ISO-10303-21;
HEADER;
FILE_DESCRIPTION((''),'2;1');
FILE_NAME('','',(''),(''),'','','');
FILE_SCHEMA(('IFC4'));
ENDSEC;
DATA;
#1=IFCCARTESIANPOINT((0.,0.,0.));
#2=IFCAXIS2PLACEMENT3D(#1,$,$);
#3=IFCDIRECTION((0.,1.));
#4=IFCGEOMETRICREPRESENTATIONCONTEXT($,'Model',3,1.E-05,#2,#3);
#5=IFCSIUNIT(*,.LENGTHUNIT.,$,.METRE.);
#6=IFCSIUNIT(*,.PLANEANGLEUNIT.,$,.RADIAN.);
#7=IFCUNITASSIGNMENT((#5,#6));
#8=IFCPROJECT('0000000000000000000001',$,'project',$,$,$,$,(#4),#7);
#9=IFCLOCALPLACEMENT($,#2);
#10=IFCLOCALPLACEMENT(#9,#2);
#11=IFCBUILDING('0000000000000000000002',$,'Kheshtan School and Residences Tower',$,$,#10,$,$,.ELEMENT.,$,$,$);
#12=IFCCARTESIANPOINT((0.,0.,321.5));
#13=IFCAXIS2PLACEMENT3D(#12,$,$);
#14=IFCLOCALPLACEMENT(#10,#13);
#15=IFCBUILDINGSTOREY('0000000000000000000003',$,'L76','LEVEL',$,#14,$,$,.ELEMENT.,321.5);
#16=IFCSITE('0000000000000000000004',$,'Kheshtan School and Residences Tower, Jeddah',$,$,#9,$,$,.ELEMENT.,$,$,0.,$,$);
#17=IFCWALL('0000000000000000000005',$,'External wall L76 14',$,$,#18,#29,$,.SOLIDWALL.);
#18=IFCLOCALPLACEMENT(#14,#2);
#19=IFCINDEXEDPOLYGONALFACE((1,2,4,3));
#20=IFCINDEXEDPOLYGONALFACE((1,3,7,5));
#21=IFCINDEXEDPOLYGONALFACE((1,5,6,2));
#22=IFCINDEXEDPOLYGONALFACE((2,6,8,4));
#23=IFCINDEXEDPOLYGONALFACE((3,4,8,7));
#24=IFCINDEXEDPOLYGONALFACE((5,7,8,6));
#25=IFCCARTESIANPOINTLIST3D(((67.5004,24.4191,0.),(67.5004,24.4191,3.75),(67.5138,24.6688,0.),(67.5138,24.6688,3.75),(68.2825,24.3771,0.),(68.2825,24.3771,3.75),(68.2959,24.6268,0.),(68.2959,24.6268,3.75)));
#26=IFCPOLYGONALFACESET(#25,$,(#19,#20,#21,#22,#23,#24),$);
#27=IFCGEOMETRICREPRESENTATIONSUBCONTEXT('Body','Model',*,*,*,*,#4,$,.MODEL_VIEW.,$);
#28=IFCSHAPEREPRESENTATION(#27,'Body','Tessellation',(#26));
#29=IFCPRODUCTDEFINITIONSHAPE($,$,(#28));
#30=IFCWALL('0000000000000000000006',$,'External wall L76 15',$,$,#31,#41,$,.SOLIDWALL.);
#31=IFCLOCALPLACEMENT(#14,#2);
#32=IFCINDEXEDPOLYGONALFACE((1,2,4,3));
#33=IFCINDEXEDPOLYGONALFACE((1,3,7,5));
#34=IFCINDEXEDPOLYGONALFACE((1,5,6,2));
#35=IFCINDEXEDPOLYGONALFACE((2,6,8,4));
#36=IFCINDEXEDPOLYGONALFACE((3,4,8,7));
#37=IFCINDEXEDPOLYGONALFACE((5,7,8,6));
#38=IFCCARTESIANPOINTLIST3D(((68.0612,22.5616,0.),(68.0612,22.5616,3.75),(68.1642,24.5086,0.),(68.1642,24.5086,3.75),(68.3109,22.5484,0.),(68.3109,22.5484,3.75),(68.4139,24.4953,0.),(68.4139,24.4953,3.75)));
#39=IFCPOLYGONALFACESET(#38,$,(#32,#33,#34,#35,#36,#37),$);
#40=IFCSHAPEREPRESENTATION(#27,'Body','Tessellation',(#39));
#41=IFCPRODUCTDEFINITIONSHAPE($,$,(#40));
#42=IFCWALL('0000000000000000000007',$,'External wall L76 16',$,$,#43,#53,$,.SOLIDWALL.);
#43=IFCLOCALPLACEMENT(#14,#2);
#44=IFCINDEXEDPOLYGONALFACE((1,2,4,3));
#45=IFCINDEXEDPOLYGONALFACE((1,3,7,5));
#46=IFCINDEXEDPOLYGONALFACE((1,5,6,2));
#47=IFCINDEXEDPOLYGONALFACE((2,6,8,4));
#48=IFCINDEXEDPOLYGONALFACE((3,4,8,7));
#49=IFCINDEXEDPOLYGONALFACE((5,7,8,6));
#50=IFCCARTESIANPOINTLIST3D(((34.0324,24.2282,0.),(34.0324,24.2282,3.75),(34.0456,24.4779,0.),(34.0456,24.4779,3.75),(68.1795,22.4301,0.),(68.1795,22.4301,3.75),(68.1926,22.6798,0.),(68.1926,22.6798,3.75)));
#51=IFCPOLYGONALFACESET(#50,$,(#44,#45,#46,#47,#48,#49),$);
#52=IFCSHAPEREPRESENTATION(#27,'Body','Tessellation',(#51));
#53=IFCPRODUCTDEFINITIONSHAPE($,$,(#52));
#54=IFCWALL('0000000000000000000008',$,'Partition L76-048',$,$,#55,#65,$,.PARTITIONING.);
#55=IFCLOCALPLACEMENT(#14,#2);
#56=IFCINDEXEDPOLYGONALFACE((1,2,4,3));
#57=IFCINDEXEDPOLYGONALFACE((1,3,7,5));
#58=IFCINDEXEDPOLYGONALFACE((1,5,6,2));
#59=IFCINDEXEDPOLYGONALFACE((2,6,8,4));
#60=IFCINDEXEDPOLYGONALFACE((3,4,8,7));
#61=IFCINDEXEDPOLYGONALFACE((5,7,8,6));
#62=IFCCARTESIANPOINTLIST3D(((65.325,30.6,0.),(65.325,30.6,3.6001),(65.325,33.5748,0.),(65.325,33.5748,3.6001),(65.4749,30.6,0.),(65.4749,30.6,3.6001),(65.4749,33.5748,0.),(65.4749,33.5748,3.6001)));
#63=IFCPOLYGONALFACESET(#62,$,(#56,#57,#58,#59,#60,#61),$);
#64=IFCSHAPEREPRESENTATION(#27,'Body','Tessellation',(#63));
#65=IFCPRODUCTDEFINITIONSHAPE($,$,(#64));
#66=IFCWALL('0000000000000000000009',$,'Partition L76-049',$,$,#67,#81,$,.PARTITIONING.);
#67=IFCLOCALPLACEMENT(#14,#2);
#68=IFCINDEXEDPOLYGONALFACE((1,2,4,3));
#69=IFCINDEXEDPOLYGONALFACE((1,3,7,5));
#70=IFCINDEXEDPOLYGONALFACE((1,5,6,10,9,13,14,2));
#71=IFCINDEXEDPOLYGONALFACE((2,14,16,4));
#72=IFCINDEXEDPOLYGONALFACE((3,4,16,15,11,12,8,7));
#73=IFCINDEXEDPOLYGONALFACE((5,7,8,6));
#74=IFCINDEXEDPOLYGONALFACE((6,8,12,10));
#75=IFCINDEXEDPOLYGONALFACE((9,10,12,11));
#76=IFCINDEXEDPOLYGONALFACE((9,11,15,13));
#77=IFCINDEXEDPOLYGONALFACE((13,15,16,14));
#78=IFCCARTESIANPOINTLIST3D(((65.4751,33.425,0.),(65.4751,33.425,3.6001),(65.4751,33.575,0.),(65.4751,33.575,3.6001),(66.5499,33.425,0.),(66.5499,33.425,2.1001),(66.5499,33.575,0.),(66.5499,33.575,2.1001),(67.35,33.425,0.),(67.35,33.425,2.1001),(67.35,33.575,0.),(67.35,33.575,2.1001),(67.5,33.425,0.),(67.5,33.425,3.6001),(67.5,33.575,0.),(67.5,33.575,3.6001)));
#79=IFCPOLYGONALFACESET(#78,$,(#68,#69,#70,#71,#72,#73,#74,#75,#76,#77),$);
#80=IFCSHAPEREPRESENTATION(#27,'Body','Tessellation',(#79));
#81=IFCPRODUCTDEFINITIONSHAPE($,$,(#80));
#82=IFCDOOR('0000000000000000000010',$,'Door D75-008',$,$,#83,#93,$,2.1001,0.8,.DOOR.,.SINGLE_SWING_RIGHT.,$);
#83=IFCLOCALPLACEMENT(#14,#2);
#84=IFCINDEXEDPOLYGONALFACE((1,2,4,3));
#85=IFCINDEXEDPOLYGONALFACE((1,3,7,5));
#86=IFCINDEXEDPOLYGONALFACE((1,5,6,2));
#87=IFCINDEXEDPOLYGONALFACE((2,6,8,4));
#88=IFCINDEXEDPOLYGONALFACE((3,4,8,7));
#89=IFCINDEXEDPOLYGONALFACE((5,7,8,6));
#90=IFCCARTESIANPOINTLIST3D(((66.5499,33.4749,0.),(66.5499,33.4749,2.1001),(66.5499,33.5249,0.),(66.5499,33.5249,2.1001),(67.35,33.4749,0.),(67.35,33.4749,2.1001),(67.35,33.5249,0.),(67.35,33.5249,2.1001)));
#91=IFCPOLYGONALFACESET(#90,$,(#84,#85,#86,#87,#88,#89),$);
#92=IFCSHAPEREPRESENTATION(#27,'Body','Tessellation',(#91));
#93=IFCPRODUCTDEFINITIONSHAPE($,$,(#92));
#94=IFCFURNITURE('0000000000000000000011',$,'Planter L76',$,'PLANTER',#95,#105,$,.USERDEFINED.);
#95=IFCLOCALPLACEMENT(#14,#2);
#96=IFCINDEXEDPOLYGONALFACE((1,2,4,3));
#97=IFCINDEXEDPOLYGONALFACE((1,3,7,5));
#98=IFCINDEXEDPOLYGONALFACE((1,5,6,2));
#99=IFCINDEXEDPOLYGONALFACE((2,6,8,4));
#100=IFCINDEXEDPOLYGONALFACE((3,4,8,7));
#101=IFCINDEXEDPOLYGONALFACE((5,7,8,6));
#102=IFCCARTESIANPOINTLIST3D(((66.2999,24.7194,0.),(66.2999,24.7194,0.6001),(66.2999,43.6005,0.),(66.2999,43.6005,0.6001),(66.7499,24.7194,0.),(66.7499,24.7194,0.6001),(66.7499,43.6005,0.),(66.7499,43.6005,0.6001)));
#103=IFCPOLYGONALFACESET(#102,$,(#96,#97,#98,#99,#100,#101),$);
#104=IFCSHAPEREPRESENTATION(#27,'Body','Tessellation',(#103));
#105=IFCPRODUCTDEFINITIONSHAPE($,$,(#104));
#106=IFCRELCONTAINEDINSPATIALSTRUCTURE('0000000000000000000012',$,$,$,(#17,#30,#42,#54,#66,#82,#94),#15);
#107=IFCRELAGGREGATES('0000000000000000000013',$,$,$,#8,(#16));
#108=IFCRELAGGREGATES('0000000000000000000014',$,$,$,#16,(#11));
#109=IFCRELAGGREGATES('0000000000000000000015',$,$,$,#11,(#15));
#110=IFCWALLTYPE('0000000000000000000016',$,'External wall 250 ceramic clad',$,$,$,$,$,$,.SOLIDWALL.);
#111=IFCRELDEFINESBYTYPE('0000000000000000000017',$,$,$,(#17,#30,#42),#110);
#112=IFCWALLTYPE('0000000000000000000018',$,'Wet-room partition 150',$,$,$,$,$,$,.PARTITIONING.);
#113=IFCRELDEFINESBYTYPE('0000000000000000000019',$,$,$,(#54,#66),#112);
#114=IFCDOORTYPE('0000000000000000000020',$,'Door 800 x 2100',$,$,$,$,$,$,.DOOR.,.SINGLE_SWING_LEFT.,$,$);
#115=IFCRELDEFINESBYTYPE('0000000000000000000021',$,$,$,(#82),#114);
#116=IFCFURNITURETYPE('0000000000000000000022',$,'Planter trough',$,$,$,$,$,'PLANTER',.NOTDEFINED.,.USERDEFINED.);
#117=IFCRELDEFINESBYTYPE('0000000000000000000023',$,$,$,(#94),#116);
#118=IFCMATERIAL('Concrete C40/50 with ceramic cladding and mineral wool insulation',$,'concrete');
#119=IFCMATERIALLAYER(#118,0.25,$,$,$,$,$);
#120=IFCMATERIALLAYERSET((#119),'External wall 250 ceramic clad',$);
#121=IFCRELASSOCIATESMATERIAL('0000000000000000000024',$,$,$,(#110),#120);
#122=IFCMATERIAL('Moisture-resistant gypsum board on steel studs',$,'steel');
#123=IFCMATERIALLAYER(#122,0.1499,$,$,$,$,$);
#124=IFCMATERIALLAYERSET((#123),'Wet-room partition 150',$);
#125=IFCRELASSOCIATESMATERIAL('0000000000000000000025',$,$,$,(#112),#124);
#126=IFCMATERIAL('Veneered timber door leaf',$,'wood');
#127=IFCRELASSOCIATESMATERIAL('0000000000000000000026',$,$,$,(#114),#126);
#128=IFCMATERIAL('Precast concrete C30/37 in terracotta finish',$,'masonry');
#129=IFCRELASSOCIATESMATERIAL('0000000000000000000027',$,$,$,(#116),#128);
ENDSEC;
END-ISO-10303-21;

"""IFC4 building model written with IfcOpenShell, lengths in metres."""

from ifc_helpers import new_model, si_unit, direction, frame, frame_2d, origin, origin_2d, place, context, subcontext, project, spatial, rectangle, extrude, source, transform, mapped, material, layer, layer_set, type_object, element, fill, save


model = new_model("IFC4")

# Units and contexts
model_context = context("Model", 3, precision=1e-05, world=origin(), true_north=direction((0.0, 1.0)))
body_context = subcontext(model_context, "Body", "Model", "MODEL_VIEW")
ifc_project = project(units=[si_unit("LENGTHUNIT", "METRE"), si_unit("PLANEANGLEUNIT", "RADIAN")], contexts=[model_context])

# Site, building, storey
site_placement = place(None, origin())
site = spatial("IfcSite", under=ifc_project, at=site_placement, Name="Kheshtan School and Residences Tower, Jeddah", CompositionType="ELEMENT", RefElevation=0.0)
building_placement = place(site_placement, origin())
building = spatial("IfcBuilding", under=site, at=building_placement, Name="Kheshtan School and Residences Tower", CompositionType="ELEMENT")
storey_placement = place(building_placement, frame((0.0, 0.0, 321.5)))
storey = spatial("IfcBuildingStorey", under=building, at=storey_placement, Name="L76", Description="LEVEL", CompositionType="ELEMENT", Elevation=321.5)

# Walls
ifc_material_1 = material(Name="Concrete C40/50 with ceramic cladding and mineral wool insulation", Category="concrete")
ifc_layer_1 = layer(ifc_material_1, 0.25)
ifc_layer_set_1 = layer_set([ifc_layer_1], Name="External wall 250 ceramic clad")
wall_type_1 = type_object("IfcWallType", Name="External wall 250 ceramic clad", PredefinedType="SOLIDWALL", material=ifc_layer_set_1)
wall_1_placement = place(storey_placement, frame((67.5071, 24.5439, 0.0), z_axis=(0.0, 0.0, 1.0), x_axis=(0.998561, -0.053622, 0.0)))
element("IfcWall", 1, at=wall_1_placement, inside=storey, type_object=wall_type_1, Name="External wall L76 14", PredefinedType="SOLIDWALL", context=body_context, shape_type="SweptSolid", body=[
    extrude(rectangle(XDim=0.7832, YDim=0.25, at=frame_2d((0.3916, 0.0))), origin(), (0.0, 0.0, 1.0), 3.75),
])
wall_2_placement = place(storey_placement, frame((68.2891, 24.502, 0.0), z_axis=(0.0, 0.0, 1.0), x_axis=(-0.052841, -0.998603, 0.0)))
element("IfcWall", 2, at=wall_2_placement, inside=storey, type_object=wall_type_1, Name="External wall L76 15", PredefinedType="SOLIDWALL", context=body_context, shape_type="SweptSolid", body=[
    extrude(rectangle(XDim=1.9497, YDim=0.25, at=frame_2d((0.9749, 0.0))), origin(), (0.0, 0.0, 1.0), 3.75),
])
wall_3_placement = place(storey_placement, frame((68.186, 22.5549, 0.0), z_axis=(0.0, 0.0, 1.0), x_axis=(-0.998616, 0.052585, 0.0)))
element("IfcWall", 3, at=wall_3_placement, inside=storey, type_object=wall_type_1, Name="External wall L76 16", PredefinedType="SOLIDWALL", context=body_context, shape_type="SweptSolid", body=[
    extrude(rectangle(XDim=34.1943, YDim=0.25, at=frame_2d((17.0972, 0.0))), origin(), (0.0, 0.0, 1.0), 3.75),
])

# Wall
ifc_material_2 = material(Name="Moisture-resistant gypsum board on steel studs", Category="steel")
ifc_layer_2 = layer(ifc_material_2, 0.1499)
ifc_layer_set_2 = layer_set([ifc_layer_2], Name="Wet-room partition 150")
wall_type_2 = type_object("IfcWallType", Name="Wet-room partition 150", PredefinedType="PARTITIONING", material=ifc_layer_set_2)
wall_4_placement = place(storey_placement, frame((65.3999, 30.6001, 0.0), z_axis=(0.0, 0.0, 1.0), x_axis=(0.0, 1.0, 0.0)))
element("IfcWall", 4, at=wall_4_placement, inside=storey, type_object=wall_type_2, Name="Partition L76-048", PredefinedType="PARTITIONING", context=body_context, shape_type="SweptSolid", body=[
    extrude(rectangle(XDim=2.9749, YDim=0.1499, at=frame_2d((1.4873, 0.0))), origin(), (0.0, 0.0, 1.0), 3.6001),
])

# Wall, opening, door
wall_5_placement = place(storey_placement, frame((65.4751, 33.5, 0.0), z_axis=(0.0, 0.0, 1.0), x_axis=(1.0, 0.0, 0.0)))
wall_5 = element("IfcWall", 5, at=wall_5_placement, inside=storey, type_object=wall_type_2, Name="Partition L76-049", PredefinedType="PARTITIONING", context=body_context, shape_type="SweptSolid", body=[
    extrude(rectangle(XDim=2.0249, YDim=0.1499, at=frame_2d((1.0125, 0.0))), origin(), (0.0, 0.0, 1.0), 3.6001),
])
opening_1_placement = place(wall_5_placement, frame((1.075, 0.0, 0.0)))
opening_1 = element("IfcOpeningElement", 6, at=opening_1_placement, cuts=wall_5, PredefinedType="OPENING", context=body_context, shape_type="SweptSolid", body=[
    extrude(rectangle(XDim=0.8, YDim=2.1001, at=frame_2d((0.3999, 1.05))), frame((0.0, 0.085, 0.0), z_axis=(0.0, -1.0, 0.0), x_axis=(1.0, 0.0, 0.0)), (0.0, 0.0, 1.0), 0.1699),
])
ifc_material_3 = material(Name="Veneered timber door leaf", Category="wood")
door_type_1 = type_object("IfcDoorType", Name="Door 800 x 2100", OperationType="SINGLE_SWING_LEFT", PredefinedType="DOOR", material=ifc_material_3)
shared_shape_1 = source(origin(), body_context, "Body", "SweptSolid", [
    extrude(rectangle(XDim=0.8, YDim=2.1001, at=frame_2d((0.3999, 1.05))), frame((0.0, 0.0249, 0.0), z_axis=(0.0, -1.0, 0.0), x_axis=(1.0, 0.0, 0.0)), (0.0, 0.0, 1.0), 0.05),
])
door_1_placement = place(opening_1_placement, origin())
door_1 = element("IfcDoor", 7, at=door_1_placement, inside=storey, type_object=door_type_1, Name="Door D75-008", OperationType="SINGLE_SWING_RIGHT", OverallHeight=2.1001, OverallWidth=0.8, PredefinedType="DOOR", context=body_context, shape_type="MappedRepresentation", body=[
    mapped(shared_shape_1, transform((0.0, 0.0, 0.0), x_axis=(1.0, 0.0, 0.0), y_axis=(0.0, 1.0, 0.0), z_axis=(0.0, 0.0, 1.0), scale=1.0)),
])
fill(opening_1, door_1)

# Furniture
ifc_material_4 = material(Name="Precast concrete C30/37 in terracotta finish", Category="masonry")
furniture_type = type_object("IfcFurnitureType", Name="Planter trough", ElementType="PLANTER", AssemblyPlace="NOTDEFINED", PredefinedType="USERDEFINED", material=ifc_material_4)
furniture_placement = place(storey_placement, frame((66.5249, 34.1599, 0.0), z_axis=(0.0, 0.0, 1.0), x_axis=(0.0, -1.0, 0.0)))
element("IfcFurniture", 8, at=furniture_placement, inside=storey, type_object=furniture_type, Name="Planter L76", ObjectType="PLANTER", PredefinedType="USERDEFINED", context=body_context, shape_type="SweptSolid", body=[
    extrude(rectangle(XDim=18.8811, YDim=0.45, at=origin_2d()), origin(), (0.0, 0.0, 1.0), 0.6001),
])

save(model, "model.ifc")
